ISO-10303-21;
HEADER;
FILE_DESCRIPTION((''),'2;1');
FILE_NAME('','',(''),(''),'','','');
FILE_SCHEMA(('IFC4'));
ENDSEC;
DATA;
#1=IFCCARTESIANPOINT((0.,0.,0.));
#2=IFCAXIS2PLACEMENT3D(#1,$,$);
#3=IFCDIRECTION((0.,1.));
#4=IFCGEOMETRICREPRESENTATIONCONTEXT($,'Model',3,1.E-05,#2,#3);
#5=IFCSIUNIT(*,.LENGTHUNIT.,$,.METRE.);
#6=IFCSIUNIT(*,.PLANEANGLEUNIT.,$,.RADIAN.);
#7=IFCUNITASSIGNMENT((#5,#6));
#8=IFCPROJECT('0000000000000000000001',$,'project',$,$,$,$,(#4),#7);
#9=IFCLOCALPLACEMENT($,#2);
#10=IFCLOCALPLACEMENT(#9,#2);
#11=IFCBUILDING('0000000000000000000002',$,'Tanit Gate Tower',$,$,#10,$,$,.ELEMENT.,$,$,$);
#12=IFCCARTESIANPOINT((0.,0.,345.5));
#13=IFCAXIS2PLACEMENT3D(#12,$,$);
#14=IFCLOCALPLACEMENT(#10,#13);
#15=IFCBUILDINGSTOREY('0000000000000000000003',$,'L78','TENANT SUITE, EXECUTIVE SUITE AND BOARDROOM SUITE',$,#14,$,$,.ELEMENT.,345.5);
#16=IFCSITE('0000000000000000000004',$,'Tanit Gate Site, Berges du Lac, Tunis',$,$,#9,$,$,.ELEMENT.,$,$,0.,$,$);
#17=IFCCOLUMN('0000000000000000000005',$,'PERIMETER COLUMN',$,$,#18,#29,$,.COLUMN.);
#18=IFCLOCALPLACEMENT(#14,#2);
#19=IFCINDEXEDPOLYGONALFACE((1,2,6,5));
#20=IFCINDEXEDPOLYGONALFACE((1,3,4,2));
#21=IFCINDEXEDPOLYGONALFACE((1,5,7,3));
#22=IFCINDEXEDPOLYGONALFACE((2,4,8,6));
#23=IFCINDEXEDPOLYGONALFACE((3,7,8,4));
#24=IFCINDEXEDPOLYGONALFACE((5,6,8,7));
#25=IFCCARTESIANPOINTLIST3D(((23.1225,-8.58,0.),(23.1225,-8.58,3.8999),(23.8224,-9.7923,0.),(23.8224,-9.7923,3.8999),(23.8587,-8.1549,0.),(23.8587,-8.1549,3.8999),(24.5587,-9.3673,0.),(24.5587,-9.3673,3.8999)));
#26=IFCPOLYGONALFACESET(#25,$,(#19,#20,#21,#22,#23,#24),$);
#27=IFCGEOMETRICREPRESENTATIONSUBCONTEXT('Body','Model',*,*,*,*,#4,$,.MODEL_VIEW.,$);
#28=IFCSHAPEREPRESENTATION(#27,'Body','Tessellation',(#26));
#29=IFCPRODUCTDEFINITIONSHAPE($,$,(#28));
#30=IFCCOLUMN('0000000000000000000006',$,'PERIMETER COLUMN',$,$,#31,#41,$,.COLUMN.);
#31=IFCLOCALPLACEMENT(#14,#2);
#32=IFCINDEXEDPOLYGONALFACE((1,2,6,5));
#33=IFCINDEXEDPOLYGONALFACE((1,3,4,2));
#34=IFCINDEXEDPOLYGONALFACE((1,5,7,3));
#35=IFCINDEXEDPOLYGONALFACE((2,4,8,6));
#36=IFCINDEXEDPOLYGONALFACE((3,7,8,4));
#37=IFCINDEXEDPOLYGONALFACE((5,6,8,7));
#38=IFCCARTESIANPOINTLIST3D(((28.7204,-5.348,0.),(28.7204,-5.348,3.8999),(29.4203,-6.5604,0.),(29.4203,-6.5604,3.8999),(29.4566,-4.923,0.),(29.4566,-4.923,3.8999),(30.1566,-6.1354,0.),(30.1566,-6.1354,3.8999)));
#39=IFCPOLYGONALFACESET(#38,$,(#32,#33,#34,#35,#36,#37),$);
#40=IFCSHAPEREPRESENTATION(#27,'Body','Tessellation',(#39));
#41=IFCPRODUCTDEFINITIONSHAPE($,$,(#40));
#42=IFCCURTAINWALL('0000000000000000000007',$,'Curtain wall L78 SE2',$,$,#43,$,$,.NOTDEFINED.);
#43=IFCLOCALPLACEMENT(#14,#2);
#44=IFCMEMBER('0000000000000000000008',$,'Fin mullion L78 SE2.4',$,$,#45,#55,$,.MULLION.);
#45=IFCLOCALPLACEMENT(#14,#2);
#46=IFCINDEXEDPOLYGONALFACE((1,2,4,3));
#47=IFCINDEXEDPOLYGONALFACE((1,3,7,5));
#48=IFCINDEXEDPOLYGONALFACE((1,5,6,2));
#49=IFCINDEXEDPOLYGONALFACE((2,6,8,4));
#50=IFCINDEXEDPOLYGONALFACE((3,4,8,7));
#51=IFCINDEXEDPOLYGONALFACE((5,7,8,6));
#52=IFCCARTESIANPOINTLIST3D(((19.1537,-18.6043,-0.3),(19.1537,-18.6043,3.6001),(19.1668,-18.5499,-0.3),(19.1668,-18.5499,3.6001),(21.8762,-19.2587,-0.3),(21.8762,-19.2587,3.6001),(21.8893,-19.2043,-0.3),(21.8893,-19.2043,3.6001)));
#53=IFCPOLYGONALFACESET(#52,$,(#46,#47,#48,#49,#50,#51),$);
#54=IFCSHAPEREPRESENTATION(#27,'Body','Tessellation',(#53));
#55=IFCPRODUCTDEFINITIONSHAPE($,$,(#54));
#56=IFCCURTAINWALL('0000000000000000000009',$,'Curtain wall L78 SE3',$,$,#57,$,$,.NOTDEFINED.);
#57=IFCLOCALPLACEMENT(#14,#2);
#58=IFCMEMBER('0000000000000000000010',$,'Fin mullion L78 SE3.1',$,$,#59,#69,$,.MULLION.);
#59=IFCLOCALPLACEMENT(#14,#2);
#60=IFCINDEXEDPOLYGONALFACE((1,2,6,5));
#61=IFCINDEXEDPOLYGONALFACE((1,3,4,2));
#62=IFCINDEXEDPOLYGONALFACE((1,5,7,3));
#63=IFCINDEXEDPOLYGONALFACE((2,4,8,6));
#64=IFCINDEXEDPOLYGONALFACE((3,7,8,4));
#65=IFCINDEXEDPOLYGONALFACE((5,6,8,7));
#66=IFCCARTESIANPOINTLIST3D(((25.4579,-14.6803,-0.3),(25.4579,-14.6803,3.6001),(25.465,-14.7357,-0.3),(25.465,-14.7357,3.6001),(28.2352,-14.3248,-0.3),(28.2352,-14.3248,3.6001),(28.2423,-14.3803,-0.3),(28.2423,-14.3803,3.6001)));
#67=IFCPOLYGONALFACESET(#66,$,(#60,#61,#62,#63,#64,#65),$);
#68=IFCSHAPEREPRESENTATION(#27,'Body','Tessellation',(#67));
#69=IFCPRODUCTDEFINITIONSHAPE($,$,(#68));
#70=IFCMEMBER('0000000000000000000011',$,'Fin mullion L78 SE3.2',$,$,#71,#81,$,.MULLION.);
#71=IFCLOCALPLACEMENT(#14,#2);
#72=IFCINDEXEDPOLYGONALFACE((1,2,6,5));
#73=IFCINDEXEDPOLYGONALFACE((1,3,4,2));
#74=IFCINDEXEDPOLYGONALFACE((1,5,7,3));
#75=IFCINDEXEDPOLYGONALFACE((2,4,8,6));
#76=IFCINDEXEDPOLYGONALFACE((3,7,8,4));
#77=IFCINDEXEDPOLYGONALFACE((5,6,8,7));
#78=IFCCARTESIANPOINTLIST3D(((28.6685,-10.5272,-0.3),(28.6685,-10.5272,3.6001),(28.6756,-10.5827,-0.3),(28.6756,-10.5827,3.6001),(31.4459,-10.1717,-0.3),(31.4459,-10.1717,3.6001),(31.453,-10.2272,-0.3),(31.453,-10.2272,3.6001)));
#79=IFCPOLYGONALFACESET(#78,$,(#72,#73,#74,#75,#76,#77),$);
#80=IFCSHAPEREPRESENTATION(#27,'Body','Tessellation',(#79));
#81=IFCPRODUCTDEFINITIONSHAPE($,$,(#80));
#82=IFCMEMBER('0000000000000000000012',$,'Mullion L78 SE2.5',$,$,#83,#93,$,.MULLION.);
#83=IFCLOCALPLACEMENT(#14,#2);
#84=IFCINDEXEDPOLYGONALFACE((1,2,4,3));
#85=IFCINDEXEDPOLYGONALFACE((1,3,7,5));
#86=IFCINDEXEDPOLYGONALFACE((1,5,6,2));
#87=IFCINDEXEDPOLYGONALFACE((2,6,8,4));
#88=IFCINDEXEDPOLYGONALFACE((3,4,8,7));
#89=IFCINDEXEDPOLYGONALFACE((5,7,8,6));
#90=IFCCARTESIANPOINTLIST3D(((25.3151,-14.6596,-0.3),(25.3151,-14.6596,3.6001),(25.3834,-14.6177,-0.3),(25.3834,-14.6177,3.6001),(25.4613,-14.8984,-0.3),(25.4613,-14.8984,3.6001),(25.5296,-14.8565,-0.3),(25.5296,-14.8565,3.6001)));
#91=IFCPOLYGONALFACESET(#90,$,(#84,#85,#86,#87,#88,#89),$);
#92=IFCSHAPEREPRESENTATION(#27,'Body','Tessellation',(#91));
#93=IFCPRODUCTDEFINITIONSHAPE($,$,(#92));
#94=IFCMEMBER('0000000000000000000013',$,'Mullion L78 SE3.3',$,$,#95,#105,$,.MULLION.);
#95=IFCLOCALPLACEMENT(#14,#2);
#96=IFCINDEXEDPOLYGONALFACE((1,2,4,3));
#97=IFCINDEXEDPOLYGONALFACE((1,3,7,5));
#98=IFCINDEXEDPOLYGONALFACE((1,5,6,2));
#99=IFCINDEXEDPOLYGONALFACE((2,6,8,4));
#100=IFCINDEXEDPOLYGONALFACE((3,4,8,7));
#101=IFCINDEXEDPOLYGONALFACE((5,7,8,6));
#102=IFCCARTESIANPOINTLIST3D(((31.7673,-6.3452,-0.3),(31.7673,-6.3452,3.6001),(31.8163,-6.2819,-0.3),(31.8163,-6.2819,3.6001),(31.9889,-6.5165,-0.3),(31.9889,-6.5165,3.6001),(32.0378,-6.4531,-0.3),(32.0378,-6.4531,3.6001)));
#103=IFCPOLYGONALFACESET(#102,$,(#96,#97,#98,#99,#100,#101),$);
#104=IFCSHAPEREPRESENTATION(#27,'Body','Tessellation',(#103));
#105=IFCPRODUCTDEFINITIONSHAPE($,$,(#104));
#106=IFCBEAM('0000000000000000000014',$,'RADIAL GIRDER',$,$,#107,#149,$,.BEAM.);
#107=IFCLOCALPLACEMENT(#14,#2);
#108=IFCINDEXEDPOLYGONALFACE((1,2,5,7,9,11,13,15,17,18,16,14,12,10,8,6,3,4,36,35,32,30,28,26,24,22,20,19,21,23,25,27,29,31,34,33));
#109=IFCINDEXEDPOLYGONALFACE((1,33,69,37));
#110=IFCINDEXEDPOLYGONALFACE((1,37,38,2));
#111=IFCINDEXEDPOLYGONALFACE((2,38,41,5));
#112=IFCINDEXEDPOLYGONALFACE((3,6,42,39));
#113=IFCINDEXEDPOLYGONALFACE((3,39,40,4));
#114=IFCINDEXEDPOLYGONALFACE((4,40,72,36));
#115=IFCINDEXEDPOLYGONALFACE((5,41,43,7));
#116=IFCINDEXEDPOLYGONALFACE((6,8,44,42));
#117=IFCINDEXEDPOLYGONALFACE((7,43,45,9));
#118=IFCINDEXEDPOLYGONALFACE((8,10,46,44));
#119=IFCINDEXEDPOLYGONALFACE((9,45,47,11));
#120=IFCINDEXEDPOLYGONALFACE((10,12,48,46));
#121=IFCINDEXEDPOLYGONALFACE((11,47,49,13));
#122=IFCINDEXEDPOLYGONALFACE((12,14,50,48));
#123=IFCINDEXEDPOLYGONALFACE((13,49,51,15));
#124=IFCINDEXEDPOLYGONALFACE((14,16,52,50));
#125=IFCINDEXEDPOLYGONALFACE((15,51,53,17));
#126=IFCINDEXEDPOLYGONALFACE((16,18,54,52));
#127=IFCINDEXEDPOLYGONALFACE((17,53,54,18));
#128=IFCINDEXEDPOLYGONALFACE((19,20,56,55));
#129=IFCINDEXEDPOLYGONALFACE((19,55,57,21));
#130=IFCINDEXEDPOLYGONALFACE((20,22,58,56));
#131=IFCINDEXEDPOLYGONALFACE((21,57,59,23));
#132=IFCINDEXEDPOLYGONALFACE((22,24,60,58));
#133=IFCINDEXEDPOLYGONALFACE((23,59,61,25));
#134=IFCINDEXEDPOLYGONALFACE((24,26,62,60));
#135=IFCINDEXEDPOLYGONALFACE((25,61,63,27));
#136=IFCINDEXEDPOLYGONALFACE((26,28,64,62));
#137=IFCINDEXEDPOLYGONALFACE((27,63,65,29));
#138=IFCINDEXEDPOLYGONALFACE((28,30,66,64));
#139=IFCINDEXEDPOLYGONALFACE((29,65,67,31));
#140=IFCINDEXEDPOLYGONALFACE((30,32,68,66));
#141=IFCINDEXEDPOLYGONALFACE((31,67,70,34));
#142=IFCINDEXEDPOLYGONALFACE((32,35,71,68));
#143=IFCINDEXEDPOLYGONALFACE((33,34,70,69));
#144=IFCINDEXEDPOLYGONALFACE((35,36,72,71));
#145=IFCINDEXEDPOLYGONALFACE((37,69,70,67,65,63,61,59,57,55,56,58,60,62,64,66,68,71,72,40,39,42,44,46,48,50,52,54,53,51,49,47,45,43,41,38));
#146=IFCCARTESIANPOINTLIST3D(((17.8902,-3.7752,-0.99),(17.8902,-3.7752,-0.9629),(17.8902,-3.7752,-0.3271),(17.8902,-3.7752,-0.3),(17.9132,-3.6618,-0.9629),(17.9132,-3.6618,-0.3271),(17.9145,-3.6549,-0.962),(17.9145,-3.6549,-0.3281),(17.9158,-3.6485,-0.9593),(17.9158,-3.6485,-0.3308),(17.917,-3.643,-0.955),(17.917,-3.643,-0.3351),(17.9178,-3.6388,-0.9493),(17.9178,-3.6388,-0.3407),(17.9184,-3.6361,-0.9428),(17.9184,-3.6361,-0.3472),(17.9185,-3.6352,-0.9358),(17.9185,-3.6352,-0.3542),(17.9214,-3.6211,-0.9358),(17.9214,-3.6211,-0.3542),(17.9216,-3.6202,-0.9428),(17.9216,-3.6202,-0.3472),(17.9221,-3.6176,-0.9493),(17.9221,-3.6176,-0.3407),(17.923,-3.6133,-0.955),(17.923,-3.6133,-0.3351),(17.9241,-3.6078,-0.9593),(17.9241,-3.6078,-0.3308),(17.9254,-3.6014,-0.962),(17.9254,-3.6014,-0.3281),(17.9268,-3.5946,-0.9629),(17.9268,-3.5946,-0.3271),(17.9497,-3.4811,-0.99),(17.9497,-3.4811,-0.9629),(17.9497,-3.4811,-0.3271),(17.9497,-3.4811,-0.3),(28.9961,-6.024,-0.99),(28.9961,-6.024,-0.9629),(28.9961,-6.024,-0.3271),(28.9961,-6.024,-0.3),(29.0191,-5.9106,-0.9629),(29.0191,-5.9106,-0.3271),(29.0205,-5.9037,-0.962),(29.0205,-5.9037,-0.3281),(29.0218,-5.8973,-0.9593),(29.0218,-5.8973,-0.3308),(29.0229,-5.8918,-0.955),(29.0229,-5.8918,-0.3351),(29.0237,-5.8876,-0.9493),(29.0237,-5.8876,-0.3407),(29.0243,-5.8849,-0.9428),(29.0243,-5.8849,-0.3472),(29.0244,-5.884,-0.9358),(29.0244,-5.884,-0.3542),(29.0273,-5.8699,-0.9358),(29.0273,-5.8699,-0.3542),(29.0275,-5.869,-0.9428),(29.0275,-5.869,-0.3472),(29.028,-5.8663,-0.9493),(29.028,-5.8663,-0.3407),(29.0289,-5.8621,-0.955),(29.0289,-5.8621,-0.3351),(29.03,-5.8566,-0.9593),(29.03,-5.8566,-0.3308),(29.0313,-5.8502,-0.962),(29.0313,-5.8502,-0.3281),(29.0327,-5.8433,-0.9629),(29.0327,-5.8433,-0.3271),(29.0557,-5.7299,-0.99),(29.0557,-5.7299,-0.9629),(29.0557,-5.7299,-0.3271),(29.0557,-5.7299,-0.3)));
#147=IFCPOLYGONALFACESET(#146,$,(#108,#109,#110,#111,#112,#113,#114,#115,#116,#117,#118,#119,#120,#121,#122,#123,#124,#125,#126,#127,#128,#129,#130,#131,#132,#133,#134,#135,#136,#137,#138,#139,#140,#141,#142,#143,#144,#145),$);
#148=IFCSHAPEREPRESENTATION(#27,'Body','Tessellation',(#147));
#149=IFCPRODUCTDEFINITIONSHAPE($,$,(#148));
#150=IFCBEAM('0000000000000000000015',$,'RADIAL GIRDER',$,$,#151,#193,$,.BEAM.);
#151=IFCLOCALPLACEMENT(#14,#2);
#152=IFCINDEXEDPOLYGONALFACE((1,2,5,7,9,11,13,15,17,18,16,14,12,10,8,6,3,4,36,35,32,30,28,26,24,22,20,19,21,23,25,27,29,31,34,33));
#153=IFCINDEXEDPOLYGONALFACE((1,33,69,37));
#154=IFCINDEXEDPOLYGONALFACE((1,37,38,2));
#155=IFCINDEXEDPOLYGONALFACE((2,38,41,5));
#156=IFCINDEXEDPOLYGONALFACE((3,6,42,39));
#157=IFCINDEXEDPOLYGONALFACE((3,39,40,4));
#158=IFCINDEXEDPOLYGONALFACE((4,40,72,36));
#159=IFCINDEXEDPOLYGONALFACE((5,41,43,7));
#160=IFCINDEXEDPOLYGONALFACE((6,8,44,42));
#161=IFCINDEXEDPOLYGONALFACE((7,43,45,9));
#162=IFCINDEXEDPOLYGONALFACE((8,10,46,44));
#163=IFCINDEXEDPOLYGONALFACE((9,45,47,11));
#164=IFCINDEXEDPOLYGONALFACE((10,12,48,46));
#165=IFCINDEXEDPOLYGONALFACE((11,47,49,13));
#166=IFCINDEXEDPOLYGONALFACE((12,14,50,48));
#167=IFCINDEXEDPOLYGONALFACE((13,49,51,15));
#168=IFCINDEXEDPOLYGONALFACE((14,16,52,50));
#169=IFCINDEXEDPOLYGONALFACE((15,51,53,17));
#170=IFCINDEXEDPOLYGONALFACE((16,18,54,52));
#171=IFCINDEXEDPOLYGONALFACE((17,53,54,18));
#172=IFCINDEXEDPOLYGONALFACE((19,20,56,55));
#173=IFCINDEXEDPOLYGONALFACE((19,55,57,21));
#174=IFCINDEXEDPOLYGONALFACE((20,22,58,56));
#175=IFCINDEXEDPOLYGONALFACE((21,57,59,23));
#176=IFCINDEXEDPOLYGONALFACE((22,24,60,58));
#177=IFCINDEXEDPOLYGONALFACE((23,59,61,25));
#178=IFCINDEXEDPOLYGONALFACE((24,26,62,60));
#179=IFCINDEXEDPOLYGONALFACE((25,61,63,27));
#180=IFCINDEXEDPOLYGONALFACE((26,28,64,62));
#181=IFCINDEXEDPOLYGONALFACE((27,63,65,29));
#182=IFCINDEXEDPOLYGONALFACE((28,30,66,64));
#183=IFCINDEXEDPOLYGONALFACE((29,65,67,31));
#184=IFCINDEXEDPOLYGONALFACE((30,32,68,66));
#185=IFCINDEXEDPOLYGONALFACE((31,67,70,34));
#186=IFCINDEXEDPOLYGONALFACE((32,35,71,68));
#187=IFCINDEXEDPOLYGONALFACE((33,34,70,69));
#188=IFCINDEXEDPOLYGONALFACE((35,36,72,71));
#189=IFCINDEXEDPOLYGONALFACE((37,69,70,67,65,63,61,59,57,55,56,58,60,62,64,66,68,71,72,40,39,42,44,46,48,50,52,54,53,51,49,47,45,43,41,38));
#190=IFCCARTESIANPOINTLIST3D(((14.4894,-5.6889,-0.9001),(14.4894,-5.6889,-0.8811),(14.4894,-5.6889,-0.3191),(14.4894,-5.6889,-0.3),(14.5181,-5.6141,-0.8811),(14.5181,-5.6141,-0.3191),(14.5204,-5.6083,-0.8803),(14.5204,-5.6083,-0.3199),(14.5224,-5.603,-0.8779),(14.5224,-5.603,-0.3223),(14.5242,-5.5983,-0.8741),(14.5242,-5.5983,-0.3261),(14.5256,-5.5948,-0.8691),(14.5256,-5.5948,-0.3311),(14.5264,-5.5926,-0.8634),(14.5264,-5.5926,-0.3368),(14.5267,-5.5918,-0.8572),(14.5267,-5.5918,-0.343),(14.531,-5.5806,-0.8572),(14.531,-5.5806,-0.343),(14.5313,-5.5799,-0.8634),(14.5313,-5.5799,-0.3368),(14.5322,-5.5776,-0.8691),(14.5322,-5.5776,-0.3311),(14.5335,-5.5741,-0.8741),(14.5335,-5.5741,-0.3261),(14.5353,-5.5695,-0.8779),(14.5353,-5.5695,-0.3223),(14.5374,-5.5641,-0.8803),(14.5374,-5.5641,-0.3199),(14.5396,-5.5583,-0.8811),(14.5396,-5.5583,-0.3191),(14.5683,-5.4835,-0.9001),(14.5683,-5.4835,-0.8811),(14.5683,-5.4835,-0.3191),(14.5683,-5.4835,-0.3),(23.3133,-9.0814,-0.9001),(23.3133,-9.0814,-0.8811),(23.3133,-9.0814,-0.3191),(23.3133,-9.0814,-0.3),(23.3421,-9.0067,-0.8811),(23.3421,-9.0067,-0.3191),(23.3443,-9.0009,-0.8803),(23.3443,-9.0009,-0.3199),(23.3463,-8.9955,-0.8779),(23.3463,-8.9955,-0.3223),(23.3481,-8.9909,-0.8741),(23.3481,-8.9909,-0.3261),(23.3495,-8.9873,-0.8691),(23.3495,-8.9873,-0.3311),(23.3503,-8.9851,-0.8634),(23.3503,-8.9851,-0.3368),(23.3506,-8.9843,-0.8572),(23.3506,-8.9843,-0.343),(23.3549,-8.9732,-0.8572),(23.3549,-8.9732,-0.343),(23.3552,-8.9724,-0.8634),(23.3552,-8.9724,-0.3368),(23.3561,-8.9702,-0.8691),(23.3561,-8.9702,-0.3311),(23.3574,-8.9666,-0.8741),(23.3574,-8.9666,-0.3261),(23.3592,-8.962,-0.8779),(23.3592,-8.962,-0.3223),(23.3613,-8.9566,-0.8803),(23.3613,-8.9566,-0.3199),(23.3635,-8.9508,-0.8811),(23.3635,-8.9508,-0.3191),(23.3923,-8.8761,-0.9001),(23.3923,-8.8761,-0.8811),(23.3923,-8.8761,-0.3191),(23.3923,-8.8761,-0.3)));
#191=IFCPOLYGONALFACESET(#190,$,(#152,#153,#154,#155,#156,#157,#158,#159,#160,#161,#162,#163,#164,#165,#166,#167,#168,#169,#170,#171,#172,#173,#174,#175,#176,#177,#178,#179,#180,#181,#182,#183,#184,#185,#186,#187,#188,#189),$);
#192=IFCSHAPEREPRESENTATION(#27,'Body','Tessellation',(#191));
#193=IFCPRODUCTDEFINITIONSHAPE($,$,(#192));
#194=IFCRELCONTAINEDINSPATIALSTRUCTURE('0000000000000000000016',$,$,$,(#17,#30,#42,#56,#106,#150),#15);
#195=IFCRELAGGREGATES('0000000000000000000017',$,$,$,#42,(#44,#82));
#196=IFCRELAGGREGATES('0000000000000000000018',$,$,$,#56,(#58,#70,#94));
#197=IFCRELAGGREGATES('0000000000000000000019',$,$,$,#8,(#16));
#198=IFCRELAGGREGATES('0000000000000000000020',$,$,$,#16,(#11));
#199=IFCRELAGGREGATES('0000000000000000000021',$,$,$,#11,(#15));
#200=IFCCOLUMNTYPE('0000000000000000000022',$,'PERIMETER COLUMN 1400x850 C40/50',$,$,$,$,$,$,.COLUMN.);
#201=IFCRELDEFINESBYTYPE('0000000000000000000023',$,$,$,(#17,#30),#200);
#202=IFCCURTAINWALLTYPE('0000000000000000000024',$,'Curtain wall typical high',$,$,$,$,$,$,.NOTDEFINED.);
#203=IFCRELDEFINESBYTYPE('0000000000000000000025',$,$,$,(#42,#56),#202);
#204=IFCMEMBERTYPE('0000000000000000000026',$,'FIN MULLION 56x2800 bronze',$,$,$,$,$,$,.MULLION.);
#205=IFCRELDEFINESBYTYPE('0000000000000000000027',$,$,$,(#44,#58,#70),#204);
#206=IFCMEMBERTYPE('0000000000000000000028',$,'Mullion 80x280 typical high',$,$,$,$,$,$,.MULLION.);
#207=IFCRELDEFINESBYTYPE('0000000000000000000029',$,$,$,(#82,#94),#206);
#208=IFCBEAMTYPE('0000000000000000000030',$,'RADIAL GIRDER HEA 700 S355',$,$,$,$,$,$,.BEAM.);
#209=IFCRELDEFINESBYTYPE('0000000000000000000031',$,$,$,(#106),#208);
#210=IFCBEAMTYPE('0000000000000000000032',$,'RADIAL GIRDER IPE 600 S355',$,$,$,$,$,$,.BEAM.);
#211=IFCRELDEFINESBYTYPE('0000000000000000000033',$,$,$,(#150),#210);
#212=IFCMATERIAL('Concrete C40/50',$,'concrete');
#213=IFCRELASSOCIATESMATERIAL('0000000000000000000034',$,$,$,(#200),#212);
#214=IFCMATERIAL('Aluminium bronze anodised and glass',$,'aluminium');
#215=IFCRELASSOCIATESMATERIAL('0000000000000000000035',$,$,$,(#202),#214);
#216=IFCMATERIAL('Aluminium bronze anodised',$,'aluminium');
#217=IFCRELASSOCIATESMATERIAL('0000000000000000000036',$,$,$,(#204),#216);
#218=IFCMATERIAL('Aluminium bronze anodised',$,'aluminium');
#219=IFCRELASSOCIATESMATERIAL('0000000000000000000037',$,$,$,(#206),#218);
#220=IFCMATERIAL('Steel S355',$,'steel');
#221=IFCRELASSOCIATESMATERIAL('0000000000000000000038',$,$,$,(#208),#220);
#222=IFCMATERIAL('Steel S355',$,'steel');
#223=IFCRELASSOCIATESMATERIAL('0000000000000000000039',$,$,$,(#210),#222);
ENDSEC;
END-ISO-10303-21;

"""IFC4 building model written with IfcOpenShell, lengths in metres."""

from ifc_helpers import new_model, si_unit, direction, frame, origin, origin_2d, place, context, subcontext, project, spatial, rectangle, i_section, extrude, material, material_profile, profile_set, type_object, element, aggregate, save


model = new_model("IFC4")

# Units and contexts
model_context = context("Model", 3, precision=1e-05, world=origin(), true_north=direction((0.0, 1.0)))
body_context = subcontext(model_context, "Body", "Model", "MODEL_VIEW")
ifc_project = project(units=[si_unit("LENGTHUNIT", "METRE"), si_unit("PLANEANGLEUNIT", "RADIAN")], contexts=[model_context])

# Site, building, storey
site_placement = place(None, origin())
site = spatial("IfcSite", under=ifc_project, at=site_placement, Name="Tanit Gate Site, Berges du Lac, Tunis", CompositionType="ELEMENT", RefElevation=0.0)
building_placement = place(site_placement, origin())
building = spatial("IfcBuilding", under=site, at=building_placement, Name="Tanit Gate Tower", CompositionType="ELEMENT")
storey_placement = place(building_placement, frame((0.0, 0.0, 345.5)))
storey = spatial("IfcBuildingStorey", under=building, at=storey_placement, Name="L78", Description="TENANT SUITE, EXECUTIVE SUITE AND BOARDROOM SUITE", CompositionType="ELEMENT", Elevation=345.5)

# Columns
ifc_material_1 = material(Name="Concrete C40/50", Category="concrete")
ifc_material_profile_1 = material_profile(ifc_material_1, rectangle(XDim=1.3999, YDim=0.8501, at=origin_2d()), Name="RC 1400x850")
ifc_profile_set_1 = profile_set([ifc_material_profile_1], Name="Concrete C40/50")
column_type = type_object("IfcColumnType", Name="PERIMETER COLUMN 1400x850 C40/50", PredefinedType="COLUMN", material=ifc_profile_set_1)
for number, where, z_axis, x_axis, name in (
    (1, (23.8406, -8.9736, 0.0), (0.0, 0.0, 1.0), (0.5, -0.866025, 0.0), "PERIMETER COLUMN"),
    (2, (29.4385, -5.7417, 0.0), (0.0, 0.0, 1.0), (0.5, -0.866025, 0.0), "PERIMETER COLUMN"),
):
    element("IfcColumn", number, at=place(storey_placement, frame(where, z_axis=z_axis, x_axis=x_axis)), inside=storey, type_object=column_type, Name=name, PredefinedType="COLUMN", context=body_context, shape_type="SweptSolid", body=[
        extrude(rectangle(XDim=1.3999, YDim=0.8501, at=origin_2d()), origin(), (0.0, 0.0, 1.0), 3.8999),
    ])

# Curtain wall, member
ifc_material_2 = material(Name="Aluminium bronze anodised and glass", Category="aluminium")
curtain_wall_type = type_object("IfcCurtainWallType", Name="Curtain wall typical high", PredefinedType="NOTDEFINED", material=ifc_material_2)
curtain_wall_1_placement = place(storey_placement, origin())
curtain_wall_1 = element("IfcCurtainWall", 3, at=curtain_wall_1_placement, inside=storey, type_object=curtain_wall_type, Name="Curtain wall L78 SE2", PredefinedType="NOTDEFINED")
ifc_material_3 = material(Name="Aluminium bronze anodised", Category="aluminium")
ifc_material_profile_2 = material_profile(ifc_material_3, rectangle(XDim=2.8, YDim=0.0559, at=origin_2d()), Name="56x2800 bronze fin mullion")
ifc_profile_set_2 = profile_set([ifc_material_profile_2], Name="Aluminium bronze anodised")
member_type_1 = type_object("IfcMemberType", Name="FIN MULLION 56x2800 bronze", PredefinedType="MULLION", material=ifc_profile_set_2)
member_1_placement = place(storey_placement, frame((20.5215, -18.9043, -0.3), z_axis=(0.0, 0.0, 1.0), x_axis=(-0.972311, 0.233691, 0.0)))
member_1 = element("IfcMember", 4, at=member_1_placement, type_object=member_type_1, Name="Fin mullion L78 SE2.4", PredefinedType="MULLION", context=body_context, shape_type="SweptSolid", body=[
    extrude(rectangle(XDim=2.8, YDim=0.0559, at=origin_2d()), origin(), (0.0, 0.0, 1.0), 3.9001),
])

# Curtain wall, members
curtain_wall_2_placement = place(storey_placement, origin())
curtain_wall_2 = element("IfcCurtainWall", 5, at=curtain_wall_2_placement, inside=storey, type_object=curtain_wall_type, Name="Curtain wall L78 SE3", PredefinedType="NOTDEFINED")
member_2_placement = place(storey_placement, frame((26.8501, -14.5303, -0.3), z_axis=(0.0, 0.0, 1.0), x_axis=(-0.991908, -0.126956, 0.0)))
member_2 = element("IfcMember", 6, at=member_2_placement, type_object=member_type_1, Name="Fin mullion L78 SE3.1", PredefinedType="MULLION", context=body_context, shape_type="SweptSolid", body=[
    extrude(rectangle(XDim=2.8, YDim=0.0559, at=origin_2d()), origin(), (0.0, 0.0, 1.0), 3.9001),
])
member_3_placement = place(storey_placement, frame((30.0608, -10.3772, -0.3), z_axis=(0.0, 0.0, 1.0), x_axis=(-0.991908, -0.126956, 0.0)))
member_3 = element("IfcMember", 7, at=member_3_placement, type_object=member_type_1, Name="Fin mullion L78 SE3.2", PredefinedType="MULLION", context=body_context, shape_type="SweptSolid", body=[
    extrude(rectangle(XDim=2.8, YDim=0.0559, at=origin_2d()), origin(), (0.0, 0.0, 1.0), 3.9001),
])

# Members
ifc_material_4 = material(Name="Aluminium bronze anodised", Category="aluminium")
ifc_material_profile_3 = material_profile(ifc_material_4, rectangle(XDim=0.28, YDim=0.0801, at=origin_2d()), Name="80x280 bronze mullion")
ifc_profile_set_3 = profile_set([ifc_material_profile_3], Name="Aluminium bronze anodised")
member_type_2 = type_object("IfcMemberType", Name="Mullion 80x280 typical high", PredefinedType="MULLION", material=ifc_profile_set_3)
member_4_placement = place(storey_placement, frame((25.4224, -14.7581, -0.3), z_axis=(0.0, 0.0, 1.0), x_axis=(-0.522283, 0.852772, 0.0)))
member_4 = element("IfcMember", 8, at=member_4_placement, type_object=member_type_2, Name="Mullion L78 SE2.5", PredefinedType="MULLION", context=body_context, shape_type="SweptSolid", body=[
    extrude(rectangle(XDim=0.28, YDim=0.0801, at=origin_2d()), origin(), (0.0, 0.0, 1.0), 3.9001),
])
member_5_placement = place(storey_placement, frame((31.9026, -6.3992, -0.3), z_axis=(0.0, 0.0, 1.0), x_axis=(-0.791157, 0.611613, 0.0)))
member_5 = element("IfcMember", 9, at=member_5_placement, type_object=member_type_2, Name="Mullion L78 SE3.3", PredefinedType="MULLION", context=body_context, shape_type="SweptSolid", body=[
    extrude(rectangle(XDim=0.28, YDim=0.0801, at=origin_2d()), origin(), (0.0, 0.0, 1.0), 3.9001),
])

# Beams
ifc_material_5 = material(Name="Steel S355", Category="steel")
ifc_material_profile_4 = material_profile(ifc_material_5, i_section(OverallWidth=0.3, OverallDepth=0.6899, WebThickness=0.0144, FlangeThickness=0.0271, FilletRadius=0.0271, at=origin_2d()), Name="HEA 700")
ifc_profile_set_4 = profile_set([ifc_material_profile_4], Name="Steel S355")
beam_type_1 = type_object("IfcBeamType", Name="RADIAL GIRDER HEA 700 S355", PredefinedType="BEAM", material=ifc_profile_set_4)
beam_1_placement = place(storey_placement, frame((29.0259, -5.877, -0.645), z_axis=(-0.98011, 0.198457, 0.0), x_axis=(-0.198457, -0.98011, 0.0)))
element("IfcBeam", 10, at=beam_1_placement, inside=storey, type_object=beam_type_1, Name="RADIAL GIRDER", PredefinedType="BEAM", context=body_context, shape_type="SweptSolid", body=[
    extrude(i_section(OverallWidth=0.3, OverallDepth=0.6899, WebThickness=0.0144, FlangeThickness=0.0271, FilletRadius=0.0271, at=origin_2d()), origin(), (0.0, 0.0, 1.0), 11.3313),
])
ifc_material_6 = material(Name="Steel S355", Category="steel")
ifc_material_profile_5 = material_profile(ifc_material_6, i_section(OverallWidth=0.22, OverallDepth=0.6001, WebThickness=0.012, FlangeThickness=0.019, FilletRadius=0.0239, at=origin_2d()), Name="IPE 600")
ifc_profile_set_5 = profile_set([ifc_material_profile_5], Name="Steel S355")
beam_type_2 = type_object("IfcBeamType", Name="RADIAL GIRDER IPE 600 S355", PredefinedType="BEAM", material=ifc_profile_set_5)
beam_2_placement = place(storey_placement, frame((23.3528, -8.9788, -0.6001), z_axis=(-0.93339, 0.358863, 0.0), x_axis=(-0.358863, -0.93339, 0.0)))
element("IfcBeam", 11, at=beam_2_placement, inside=storey, type_object=beam_type_2, Name="RADIAL GIRDER", PredefinedType="BEAM", context=body_context, shape_type="SweptSolid", body=[
    extrude(i_section(OverallWidth=0.22, OverallDepth=0.6001, WebThickness=0.012, FlangeThickness=0.019, FilletRadius=0.0239, at=origin_2d()), origin(), (0.0, 0.0, 1.0), 9.4536),
])

aggregate(curtain_wall_1, [member_1, member_4])
aggregate(curtain_wall_2, [member_2, member_3, member_5])

save(model, "model.ifc")
